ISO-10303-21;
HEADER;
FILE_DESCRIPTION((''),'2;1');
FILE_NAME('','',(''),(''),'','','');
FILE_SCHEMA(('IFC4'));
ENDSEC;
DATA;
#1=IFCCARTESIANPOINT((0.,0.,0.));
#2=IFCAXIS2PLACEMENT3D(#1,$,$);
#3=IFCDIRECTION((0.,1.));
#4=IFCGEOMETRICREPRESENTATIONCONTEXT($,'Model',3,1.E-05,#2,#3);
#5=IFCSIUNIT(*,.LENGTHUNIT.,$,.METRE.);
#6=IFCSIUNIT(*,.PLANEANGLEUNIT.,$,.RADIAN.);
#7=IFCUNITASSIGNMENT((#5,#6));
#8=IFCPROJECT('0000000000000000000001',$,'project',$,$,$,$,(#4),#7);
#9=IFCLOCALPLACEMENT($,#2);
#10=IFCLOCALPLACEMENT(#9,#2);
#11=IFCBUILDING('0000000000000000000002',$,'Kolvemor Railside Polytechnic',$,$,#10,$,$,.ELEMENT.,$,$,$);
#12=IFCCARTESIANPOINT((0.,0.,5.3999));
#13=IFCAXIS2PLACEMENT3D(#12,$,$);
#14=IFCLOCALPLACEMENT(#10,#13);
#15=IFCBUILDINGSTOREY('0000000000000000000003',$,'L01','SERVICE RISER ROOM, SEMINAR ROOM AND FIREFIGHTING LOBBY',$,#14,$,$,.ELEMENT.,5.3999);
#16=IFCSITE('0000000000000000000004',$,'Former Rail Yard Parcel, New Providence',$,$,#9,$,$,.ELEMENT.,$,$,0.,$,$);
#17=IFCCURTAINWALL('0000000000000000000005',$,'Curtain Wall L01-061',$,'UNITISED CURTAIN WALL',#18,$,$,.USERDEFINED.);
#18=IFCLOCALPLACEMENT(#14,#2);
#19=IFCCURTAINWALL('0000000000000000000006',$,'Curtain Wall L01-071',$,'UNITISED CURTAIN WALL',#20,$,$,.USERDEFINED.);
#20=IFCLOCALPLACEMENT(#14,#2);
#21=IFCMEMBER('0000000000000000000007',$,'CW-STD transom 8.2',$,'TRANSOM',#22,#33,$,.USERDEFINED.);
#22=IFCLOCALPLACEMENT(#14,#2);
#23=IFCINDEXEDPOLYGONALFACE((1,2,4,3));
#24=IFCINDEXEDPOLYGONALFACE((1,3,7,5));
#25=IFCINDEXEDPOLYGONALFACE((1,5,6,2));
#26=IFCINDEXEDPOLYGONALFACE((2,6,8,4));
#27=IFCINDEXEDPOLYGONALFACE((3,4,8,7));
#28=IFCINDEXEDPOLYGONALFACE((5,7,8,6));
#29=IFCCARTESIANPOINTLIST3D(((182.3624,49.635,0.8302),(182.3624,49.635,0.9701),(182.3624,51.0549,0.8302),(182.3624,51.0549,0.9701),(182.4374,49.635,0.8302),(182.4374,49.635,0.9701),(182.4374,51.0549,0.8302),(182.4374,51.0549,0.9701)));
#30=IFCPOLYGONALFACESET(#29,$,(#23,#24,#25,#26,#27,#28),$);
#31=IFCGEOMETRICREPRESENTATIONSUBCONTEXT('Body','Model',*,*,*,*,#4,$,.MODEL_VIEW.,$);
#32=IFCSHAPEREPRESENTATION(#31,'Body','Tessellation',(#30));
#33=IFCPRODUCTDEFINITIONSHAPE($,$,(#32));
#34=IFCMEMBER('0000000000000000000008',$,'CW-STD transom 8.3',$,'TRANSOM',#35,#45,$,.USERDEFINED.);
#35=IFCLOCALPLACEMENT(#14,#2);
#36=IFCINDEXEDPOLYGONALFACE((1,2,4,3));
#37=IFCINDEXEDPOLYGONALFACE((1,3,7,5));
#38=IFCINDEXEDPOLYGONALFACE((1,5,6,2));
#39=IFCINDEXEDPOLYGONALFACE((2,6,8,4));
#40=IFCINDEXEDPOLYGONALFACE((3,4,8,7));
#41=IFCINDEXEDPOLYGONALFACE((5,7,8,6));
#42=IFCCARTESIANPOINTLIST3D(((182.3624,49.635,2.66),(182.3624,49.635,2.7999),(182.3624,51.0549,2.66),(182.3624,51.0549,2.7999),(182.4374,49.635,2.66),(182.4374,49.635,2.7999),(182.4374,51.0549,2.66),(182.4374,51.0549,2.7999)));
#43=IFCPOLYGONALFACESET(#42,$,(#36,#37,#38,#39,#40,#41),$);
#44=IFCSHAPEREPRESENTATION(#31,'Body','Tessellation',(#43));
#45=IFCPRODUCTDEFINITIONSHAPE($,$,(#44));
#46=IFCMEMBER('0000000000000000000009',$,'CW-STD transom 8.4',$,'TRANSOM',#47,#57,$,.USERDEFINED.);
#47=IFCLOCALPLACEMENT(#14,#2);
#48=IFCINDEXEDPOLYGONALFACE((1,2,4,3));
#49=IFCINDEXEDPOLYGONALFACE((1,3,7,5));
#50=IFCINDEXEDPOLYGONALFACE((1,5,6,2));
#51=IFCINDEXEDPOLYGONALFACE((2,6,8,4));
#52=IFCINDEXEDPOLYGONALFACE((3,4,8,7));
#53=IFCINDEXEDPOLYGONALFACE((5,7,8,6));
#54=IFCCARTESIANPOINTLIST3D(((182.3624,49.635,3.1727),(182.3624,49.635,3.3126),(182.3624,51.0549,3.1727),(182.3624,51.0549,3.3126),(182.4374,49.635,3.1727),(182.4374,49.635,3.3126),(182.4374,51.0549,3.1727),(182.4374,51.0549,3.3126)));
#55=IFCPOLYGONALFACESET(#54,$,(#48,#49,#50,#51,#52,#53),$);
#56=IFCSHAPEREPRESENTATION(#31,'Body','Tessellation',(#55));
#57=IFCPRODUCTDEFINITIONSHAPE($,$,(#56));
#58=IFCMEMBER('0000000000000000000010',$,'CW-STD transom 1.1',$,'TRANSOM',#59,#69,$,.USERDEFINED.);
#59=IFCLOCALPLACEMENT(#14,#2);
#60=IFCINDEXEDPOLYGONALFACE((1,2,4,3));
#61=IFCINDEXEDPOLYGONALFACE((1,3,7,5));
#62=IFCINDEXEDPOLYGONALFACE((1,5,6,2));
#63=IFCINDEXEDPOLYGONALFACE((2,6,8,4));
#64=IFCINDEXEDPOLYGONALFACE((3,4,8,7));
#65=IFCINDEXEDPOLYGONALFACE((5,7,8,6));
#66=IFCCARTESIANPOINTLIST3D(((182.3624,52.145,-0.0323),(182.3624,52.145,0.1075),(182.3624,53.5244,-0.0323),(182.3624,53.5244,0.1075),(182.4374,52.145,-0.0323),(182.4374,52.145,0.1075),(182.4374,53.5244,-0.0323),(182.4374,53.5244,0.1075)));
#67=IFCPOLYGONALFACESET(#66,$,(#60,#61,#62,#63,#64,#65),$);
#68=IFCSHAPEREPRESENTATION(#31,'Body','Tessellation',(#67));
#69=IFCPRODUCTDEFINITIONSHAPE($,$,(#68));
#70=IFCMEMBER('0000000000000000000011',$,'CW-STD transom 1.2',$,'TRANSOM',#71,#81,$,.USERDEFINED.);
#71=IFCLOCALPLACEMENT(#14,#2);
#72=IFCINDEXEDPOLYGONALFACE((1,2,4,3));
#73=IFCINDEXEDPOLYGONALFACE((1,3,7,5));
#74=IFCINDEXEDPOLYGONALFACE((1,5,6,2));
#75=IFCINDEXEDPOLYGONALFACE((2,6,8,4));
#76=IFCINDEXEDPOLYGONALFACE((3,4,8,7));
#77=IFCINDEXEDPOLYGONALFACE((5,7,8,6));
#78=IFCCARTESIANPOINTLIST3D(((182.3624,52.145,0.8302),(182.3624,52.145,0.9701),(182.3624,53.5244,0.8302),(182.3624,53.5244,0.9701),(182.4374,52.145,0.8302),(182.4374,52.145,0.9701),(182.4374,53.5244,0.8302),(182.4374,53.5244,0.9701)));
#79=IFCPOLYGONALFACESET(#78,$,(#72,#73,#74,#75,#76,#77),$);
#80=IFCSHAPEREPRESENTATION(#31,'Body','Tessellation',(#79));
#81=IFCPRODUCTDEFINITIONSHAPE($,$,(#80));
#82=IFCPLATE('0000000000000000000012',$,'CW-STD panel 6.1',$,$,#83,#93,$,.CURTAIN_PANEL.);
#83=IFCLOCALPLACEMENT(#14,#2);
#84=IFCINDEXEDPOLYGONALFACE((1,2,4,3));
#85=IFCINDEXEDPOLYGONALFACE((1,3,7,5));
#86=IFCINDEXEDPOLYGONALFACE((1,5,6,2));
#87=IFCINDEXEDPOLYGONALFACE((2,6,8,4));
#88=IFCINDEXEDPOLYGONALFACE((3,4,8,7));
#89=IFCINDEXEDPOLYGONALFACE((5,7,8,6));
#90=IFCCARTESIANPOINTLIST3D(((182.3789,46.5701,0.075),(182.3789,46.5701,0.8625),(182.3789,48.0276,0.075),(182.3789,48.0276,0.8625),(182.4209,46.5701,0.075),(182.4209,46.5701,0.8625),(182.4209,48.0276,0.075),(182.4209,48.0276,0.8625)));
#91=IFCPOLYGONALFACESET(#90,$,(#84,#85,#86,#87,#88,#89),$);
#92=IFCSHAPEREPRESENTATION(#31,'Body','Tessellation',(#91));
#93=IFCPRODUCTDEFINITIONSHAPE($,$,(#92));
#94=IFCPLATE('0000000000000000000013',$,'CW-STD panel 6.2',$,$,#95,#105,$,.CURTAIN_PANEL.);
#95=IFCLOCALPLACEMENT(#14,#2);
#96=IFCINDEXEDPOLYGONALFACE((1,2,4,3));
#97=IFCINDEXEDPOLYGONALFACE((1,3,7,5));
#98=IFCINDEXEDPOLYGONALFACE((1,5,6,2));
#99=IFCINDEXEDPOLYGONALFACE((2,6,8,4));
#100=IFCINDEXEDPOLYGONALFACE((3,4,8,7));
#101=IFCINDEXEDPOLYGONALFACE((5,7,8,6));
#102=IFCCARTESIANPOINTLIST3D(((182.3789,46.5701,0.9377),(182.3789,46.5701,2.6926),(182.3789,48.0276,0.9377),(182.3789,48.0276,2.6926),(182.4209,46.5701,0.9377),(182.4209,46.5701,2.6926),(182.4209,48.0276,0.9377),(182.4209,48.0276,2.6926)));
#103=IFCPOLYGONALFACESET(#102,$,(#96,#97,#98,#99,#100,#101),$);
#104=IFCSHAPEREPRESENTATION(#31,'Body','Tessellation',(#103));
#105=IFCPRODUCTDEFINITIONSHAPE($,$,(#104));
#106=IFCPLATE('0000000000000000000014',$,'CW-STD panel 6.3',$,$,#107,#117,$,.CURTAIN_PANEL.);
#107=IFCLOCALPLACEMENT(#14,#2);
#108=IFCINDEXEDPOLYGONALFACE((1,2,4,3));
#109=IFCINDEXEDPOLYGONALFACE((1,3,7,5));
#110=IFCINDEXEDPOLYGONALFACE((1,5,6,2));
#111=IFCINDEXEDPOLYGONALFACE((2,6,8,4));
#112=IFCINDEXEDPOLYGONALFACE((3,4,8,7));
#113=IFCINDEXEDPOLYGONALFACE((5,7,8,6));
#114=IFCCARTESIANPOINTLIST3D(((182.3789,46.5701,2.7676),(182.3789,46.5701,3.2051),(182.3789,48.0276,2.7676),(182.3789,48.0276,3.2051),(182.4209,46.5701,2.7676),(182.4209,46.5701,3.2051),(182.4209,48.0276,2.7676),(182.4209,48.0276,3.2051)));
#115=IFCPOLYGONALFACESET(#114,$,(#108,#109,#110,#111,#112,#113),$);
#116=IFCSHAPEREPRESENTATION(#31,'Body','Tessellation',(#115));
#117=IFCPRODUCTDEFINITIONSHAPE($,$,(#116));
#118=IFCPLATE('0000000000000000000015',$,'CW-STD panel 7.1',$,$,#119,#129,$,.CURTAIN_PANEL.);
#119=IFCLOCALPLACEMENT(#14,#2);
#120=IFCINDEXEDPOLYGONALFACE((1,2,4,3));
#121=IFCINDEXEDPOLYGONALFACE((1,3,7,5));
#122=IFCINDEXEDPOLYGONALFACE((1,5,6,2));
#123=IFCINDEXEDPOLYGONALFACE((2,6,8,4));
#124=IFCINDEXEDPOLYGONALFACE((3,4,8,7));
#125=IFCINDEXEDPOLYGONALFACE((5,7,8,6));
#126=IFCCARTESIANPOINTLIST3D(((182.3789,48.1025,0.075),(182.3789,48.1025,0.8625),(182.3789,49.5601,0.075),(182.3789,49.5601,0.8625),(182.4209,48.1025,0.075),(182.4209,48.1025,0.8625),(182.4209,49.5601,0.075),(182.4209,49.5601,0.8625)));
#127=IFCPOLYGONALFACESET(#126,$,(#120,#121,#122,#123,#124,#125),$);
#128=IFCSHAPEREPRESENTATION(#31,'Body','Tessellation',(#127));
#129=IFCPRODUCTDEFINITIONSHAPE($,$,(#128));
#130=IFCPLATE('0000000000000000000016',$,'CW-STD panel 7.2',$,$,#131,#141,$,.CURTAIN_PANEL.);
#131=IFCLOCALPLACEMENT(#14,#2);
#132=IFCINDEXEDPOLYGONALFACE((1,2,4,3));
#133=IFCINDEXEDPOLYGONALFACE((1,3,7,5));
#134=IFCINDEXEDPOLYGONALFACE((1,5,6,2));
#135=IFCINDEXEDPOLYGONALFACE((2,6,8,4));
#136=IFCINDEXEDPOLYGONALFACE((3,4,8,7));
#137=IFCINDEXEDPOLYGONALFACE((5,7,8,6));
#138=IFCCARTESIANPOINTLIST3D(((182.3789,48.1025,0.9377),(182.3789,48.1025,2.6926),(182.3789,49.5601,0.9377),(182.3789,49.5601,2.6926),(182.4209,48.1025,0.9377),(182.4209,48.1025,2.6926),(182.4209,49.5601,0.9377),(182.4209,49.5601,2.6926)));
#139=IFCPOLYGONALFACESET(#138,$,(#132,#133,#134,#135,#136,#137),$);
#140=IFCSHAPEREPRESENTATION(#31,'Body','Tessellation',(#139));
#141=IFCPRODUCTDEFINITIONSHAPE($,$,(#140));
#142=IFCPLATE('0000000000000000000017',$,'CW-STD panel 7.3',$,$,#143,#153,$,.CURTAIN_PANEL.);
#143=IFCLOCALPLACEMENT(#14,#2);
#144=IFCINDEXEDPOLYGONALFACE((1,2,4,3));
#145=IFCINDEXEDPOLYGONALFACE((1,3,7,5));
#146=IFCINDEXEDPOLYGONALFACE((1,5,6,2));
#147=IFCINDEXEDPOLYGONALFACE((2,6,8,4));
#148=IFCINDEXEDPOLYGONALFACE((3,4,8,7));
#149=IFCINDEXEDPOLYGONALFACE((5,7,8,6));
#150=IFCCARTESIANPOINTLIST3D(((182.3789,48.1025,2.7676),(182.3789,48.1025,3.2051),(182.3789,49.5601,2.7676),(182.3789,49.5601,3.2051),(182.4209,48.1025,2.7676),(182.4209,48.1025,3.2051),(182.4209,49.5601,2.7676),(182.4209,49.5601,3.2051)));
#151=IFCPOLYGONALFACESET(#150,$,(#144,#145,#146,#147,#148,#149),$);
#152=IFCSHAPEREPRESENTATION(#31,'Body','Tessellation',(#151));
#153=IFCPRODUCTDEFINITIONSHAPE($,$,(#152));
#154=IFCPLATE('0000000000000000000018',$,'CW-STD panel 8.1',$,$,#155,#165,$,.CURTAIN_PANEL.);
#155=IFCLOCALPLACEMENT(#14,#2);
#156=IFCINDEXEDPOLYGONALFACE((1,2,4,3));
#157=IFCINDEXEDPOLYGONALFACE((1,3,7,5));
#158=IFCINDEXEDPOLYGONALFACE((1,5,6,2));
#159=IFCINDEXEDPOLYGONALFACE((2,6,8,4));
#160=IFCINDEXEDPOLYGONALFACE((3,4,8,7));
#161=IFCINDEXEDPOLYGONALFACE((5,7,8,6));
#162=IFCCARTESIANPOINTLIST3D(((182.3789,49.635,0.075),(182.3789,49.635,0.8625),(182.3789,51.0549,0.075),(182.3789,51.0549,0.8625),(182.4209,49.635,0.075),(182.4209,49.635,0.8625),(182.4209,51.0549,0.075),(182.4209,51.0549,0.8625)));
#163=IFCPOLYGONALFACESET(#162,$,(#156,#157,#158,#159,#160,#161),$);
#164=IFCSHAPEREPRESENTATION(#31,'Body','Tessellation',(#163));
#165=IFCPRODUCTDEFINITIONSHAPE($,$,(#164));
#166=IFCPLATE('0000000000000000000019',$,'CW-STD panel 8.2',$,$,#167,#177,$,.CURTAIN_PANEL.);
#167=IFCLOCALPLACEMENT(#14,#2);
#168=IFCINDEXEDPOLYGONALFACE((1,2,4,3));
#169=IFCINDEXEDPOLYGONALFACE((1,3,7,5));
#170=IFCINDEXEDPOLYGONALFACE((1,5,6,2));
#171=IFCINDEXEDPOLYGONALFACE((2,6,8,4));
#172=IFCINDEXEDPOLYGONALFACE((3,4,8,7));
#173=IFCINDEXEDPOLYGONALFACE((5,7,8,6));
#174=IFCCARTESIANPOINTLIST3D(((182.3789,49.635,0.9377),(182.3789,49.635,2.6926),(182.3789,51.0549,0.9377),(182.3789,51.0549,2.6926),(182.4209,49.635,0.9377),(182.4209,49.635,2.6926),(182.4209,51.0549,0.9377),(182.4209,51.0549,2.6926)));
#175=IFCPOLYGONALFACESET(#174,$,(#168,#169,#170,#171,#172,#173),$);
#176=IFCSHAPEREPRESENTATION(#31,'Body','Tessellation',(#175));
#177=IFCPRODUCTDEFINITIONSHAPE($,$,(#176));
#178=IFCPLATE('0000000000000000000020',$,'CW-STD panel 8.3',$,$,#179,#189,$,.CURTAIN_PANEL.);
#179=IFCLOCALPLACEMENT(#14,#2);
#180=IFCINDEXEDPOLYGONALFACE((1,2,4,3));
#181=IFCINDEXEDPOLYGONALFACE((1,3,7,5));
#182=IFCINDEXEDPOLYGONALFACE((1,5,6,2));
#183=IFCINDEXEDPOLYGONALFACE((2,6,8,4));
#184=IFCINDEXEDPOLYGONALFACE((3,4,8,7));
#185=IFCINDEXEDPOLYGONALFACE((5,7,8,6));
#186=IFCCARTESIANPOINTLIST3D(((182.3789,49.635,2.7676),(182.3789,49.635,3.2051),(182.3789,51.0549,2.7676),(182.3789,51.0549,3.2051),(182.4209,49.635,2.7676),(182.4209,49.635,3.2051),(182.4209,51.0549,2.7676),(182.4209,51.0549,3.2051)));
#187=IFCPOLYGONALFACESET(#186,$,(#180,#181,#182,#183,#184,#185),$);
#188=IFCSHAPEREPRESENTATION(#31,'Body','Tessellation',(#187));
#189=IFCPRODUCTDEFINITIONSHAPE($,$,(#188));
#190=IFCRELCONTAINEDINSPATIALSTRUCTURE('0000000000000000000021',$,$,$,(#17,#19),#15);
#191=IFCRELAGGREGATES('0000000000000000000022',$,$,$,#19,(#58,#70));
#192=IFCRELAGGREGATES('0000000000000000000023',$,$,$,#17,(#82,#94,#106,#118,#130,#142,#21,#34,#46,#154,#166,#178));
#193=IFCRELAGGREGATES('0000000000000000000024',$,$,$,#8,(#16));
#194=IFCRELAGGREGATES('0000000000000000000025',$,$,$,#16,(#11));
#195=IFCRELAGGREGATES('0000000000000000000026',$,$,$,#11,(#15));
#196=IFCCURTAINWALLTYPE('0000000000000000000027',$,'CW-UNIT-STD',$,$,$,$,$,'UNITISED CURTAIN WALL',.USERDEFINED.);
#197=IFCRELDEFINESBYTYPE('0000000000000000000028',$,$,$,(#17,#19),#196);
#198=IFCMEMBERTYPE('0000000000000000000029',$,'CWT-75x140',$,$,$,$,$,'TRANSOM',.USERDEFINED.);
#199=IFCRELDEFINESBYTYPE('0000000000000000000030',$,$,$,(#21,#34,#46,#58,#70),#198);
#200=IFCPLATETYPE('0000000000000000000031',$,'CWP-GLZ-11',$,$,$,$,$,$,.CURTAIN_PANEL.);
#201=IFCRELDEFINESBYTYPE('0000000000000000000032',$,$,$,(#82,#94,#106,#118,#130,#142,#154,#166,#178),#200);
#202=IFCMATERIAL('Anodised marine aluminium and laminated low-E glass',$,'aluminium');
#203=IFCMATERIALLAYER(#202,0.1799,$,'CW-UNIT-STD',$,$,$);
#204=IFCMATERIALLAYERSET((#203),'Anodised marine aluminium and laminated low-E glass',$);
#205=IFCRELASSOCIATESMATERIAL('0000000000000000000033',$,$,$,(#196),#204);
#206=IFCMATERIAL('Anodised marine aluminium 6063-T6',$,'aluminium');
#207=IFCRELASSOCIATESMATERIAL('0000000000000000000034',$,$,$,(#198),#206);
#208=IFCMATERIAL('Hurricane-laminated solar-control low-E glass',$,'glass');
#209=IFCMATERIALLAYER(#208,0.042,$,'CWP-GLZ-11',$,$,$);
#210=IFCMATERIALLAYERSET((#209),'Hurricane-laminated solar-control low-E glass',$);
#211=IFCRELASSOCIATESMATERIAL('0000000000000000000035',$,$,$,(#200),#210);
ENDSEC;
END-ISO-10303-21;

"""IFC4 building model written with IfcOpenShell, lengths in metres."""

from ifc_helpers import new_model, si_unit, direction, frame, origin, origin_2d, place, context, subcontext, project, spatial, rectangle, extrude, material, layer, layer_set, material_profile, profile_set, type_object, element, aggregate, save


model = new_model("IFC4")

# Units and contexts
model_context = context("Model", 3, precision=1e-05, world=origin(), true_north=direction((0.0, 1.0)))
body_context = subcontext(model_context, "Body", "Model", "MODEL_VIEW")
ifc_project = project(units=[si_unit("LENGTHUNIT", "METRE"), si_unit("PLANEANGLEUNIT", "RADIAN")], contexts=[model_context])

# Site, building, storey
site_placement = place(None, origin())
site = spatial("IfcSite", under=ifc_project, at=site_placement, Name="Former Rail Yard Parcel, New Providence", CompositionType="ELEMENT", RefElevation=0.0)
building_placement = place(site_placement, origin())
building = spatial("IfcBuilding", under=site, at=building_placement, Name="Kolvemor Railside Polytechnic", CompositionType="ELEMENT")
storey_placement = place(building_placement, frame((0.0, 0.0, 5.3999)))
storey = spatial("IfcBuildingStorey", under=building, at=storey_placement, Name="L01", Description="SERVICE RISER ROOM, SEMINAR ROOM AND FIREFIGHTING LOBBY", CompositionType="ELEMENT", Elevation=5.3999)

# Curtain wall
ifc_material_1 = material(Name="Anodised marine aluminium and laminated low-E glass", Category="aluminium")
ifc_layer_1 = layer(ifc_material_1, 0.1799, Name="CW-UNIT-STD")
ifc_layer_set_1 = layer_set([ifc_layer_1], Name="Anodised marine aluminium and laminated low-E glass")
curtain_wall_type = type_object("IfcCurtainWallType", Name="CW-UNIT-STD", ElementType="UNITISED CURTAIN WALL", PredefinedType="USERDEFINED", material=ifc_layer_set_1)
curtain_wall_1_placement = place(storey_placement, origin())
curtain_wall_1 = element("IfcCurtainWall", 1, at=curtain_wall_1_placement, inside=storey, type_object=curtain_wall_type, Name="Curtain Wall L01-061", ObjectType="UNITISED CURTAIN WALL", PredefinedType="USERDEFINED")

# Curtain wall
curtain_wall_2_placement = place(storey_placement, origin())
curtain_wall_2 = element("IfcCurtainWall", 2, at=curtain_wall_2_placement, inside=storey, type_object=curtain_wall_type, Name="Curtain Wall L01-071", ObjectType="UNITISED CURTAIN WALL", PredefinedType="USERDEFINED")

# Members
ifc_material_2 = material(Name="Anodised marine aluminium 6063-T6", Category="aluminium")
ifc_material_profile_1 = material_profile(ifc_material_2, rectangle(XDim=0.075, YDim=0.1399, at=origin_2d()), Name="CW-TRN-75x140")
ifc_profile_set_1 = profile_set([ifc_material_profile_1], Name="Anodised marine aluminium 6063-T6")
member_type_1 = type_object("IfcMemberType", Name="CWT-75x140", ElementType="TRANSOM", PredefinedType="USERDEFINED", material=ifc_profile_set_1)
member_1_placement = place(storey_placement, frame((182.3999, 49.635, 0.9001), z_axis=(0.0, 1.0, 0.0), x_axis=(-1.0, 0.0, 0.0)))
member_1 = element("IfcMember", 3, at=member_1_placement, type_object=member_type_1, Name="CW-STD transom 8.2", ObjectType="TRANSOM", PredefinedType="USERDEFINED", context=body_context, shape_type="SweptSolid", body=[
    extrude(rectangle(XDim=0.075, YDim=0.1399, at=origin_2d()), origin(), (0.0, 0.0, 1.0), 1.4199),
])
member_2_placement = place(storey_placement, frame((182.3999, 49.635, 2.73), z_axis=(0.0, 1.0, 0.0), x_axis=(-1.0, 0.0, 0.0)))
member_2 = element("IfcMember", 4, at=member_2_placement, type_object=member_type_1, Name="CW-STD transom 8.3", ObjectType="TRANSOM", PredefinedType="USERDEFINED", context=body_context, shape_type="SweptSolid", body=[
    extrude(rectangle(XDim=0.075, YDim=0.1399, at=origin_2d()), origin(), (0.0, 0.0, 1.0), 1.4199),
])
member_3_placement = place(storey_placement, frame((182.3999, 49.635, 3.2427), z_axis=(0.0, 1.0, 0.0), x_axis=(-1.0, 0.0, 0.0)))
member_3 = element("IfcMember", 5, at=member_3_placement, type_object=member_type_1, Name="CW-STD transom 8.4", ObjectType="TRANSOM", PredefinedType="USERDEFINED", context=body_context, shape_type="SweptSolid", body=[
    extrude(rectangle(XDim=0.075, YDim=0.1399, at=origin_2d()), origin(), (0.0, 0.0, 1.0), 1.4199),
])
member_4_placement = place(storey_placement, frame((182.3999, 52.145, 0.0376), z_axis=(0.0, 1.0, 0.0), x_axis=(-1.0, 0.0, 0.0)))
member_4 = element("IfcMember", 6, at=member_4_placement, type_object=member_type_1, Name="CW-STD transom 1.1", ObjectType="TRANSOM", PredefinedType="USERDEFINED", context=body_context, shape_type="SweptSolid", body=[
    extrude(rectangle(XDim=0.075, YDim=0.1399, at=origin_2d()), origin(), (0.0, 0.0, 1.0), 1.3794),
])
member_5_placement = place(storey_placement, frame((182.3999, 52.145, 0.9001), z_axis=(0.0, 1.0, 0.0), x_axis=(-1.0, 0.0, 0.0)))
member_5 = element("IfcMember", 7, at=member_5_placement, type_object=member_type_1, Name="CW-STD transom 1.2", ObjectType="TRANSOM", PredefinedType="USERDEFINED", context=body_context, shape_type="SweptSolid", body=[
    extrude(rectangle(XDim=0.075, YDim=0.1399, at=origin_2d()), origin(), (0.0, 0.0, 1.0), 1.3794),
])
aggregate(curtain_wall_2, [member_4, member_5])

# Plates
ifc_material_3 = material(Name="Hurricane-laminated solar-control low-E glass", Category="glass")
ifc_layer_2 = layer(ifc_material_3, 0.042, Name="CWP-GLZ-11")
ifc_layer_set_2 = layer_set([ifc_layer_2], Name="Hurricane-laminated solar-control low-E glass")
plate_type = type_object("IfcPlateType", Name="CWP-GLZ-11", PredefinedType="CURTAIN_PANEL", material=ifc_layer_set_2)
plate_1_placement = place(storey_placement, frame((182.3999, 47.2988, 0.075), z_axis=(0.0, 0.0, 1.0), x_axis=(0.0, 1.0, 0.0)))
plate_1 = element("IfcPlate", 8, at=plate_1_placement, type_object=plate_type, Name="CW-STD panel 6.1", PredefinedType="CURTAIN_PANEL", context=body_context, shape_type="SweptSolid", body=[
    extrude(rectangle(XDim=1.4575, YDim=0.042, at=origin_2d()), origin(), (0.0, 0.0, 1.0), 0.7876),
])
plate_2_placement = place(storey_placement, frame((182.3999, 47.2988, 0.9377), z_axis=(0.0, 0.0, 1.0), x_axis=(0.0, 1.0, 0.0)))
plate_2 = element("IfcPlate", 9, at=plate_2_placement, type_object=plate_type, Name="CW-STD panel 6.2", PredefinedType="CURTAIN_PANEL", context=body_context, shape_type="SweptSolid", body=[
    extrude(rectangle(XDim=1.4575, YDim=0.042, at=origin_2d()), origin(), (0.0, 0.0, 1.0), 1.7549),
])
plate_3_placement = place(storey_placement, frame((182.3999, 47.2988, 2.7676), z_axis=(0.0, 0.0, 1.0), x_axis=(0.0, 1.0, 0.0)))
plate_3 = element("IfcPlate", 10, at=plate_3_placement, type_object=plate_type, Name="CW-STD panel 6.3", PredefinedType="CURTAIN_PANEL", context=body_context, shape_type="SweptSolid", body=[
    extrude(rectangle(XDim=1.4575, YDim=0.042, at=origin_2d()), origin(), (0.0, 0.0, 1.0), 0.4375),
])
plate_4_placement = place(storey_placement, frame((182.3999, 48.8313, 0.075), z_axis=(0.0, 0.0, 1.0), x_axis=(0.0, 1.0, 0.0)))
plate_4 = element("IfcPlate", 11, at=plate_4_placement, type_object=plate_type, Name="CW-STD panel 7.1", PredefinedType="CURTAIN_PANEL", context=body_context, shape_type="SweptSolid", body=[
    extrude(rectangle(XDim=1.4575, YDim=0.042, at=origin_2d()), origin(), (0.0, 0.0, 1.0), 0.7876),
])
plate_5_placement = place(storey_placement, frame((182.3999, 48.8313, 0.9377), z_axis=(0.0, 0.0, 1.0), x_axis=(0.0, 1.0, 0.0)))
plate_5 = element("IfcPlate", 12, at=plate_5_placement, type_object=plate_type, Name="CW-STD panel 7.2", PredefinedType="CURTAIN_PANEL", context=body_context, shape_type="SweptSolid", body=[
    extrude(rectangle(XDim=1.4575, YDim=0.042, at=origin_2d()), origin(), (0.0, 0.0, 1.0), 1.7549),
])
plate_6_placement = place(storey_placement, frame((182.3999, 48.8313, 2.7676), z_axis=(0.0, 0.0, 1.0), x_axis=(0.0, 1.0, 0.0)))
plate_6 = element("IfcPlate", 13, at=plate_6_placement, type_object=plate_type, Name="CW-STD panel 7.3", PredefinedType="CURTAIN_PANEL", context=body_context, shape_type="SweptSolid", body=[
    extrude(rectangle(XDim=1.4575, YDim=0.042, at=origin_2d()), origin(), (0.0, 0.0, 1.0), 0.4375),
])
plate_7_placement = place(storey_placement, frame((182.3999, 50.345, 0.075), z_axis=(0.0, 0.0, 1.0), x_axis=(0.0, 1.0, 0.0)))
plate_7 = element("IfcPlate", 14, at=plate_7_placement, type_object=plate_type, Name="CW-STD panel 8.1", PredefinedType="CURTAIN_PANEL", context=body_context, shape_type="SweptSolid", body=[
    extrude(rectangle(XDim=1.4199, YDim=0.042, at=origin_2d()), origin(), (0.0, 0.0, 1.0), 0.7876),
])
plate_8_placement = place(storey_placement, frame((182.3999, 50.345, 0.9377), z_axis=(0.0, 0.0, 1.0), x_axis=(0.0, 1.0, 0.0)))
plate_8 = element("IfcPlate", 15, at=plate_8_placement, type_object=plate_type, Name="CW-STD panel 8.2", PredefinedType="CURTAIN_PANEL", context=body_context, shape_type="SweptSolid", body=[
    extrude(rectangle(XDim=1.4199, YDim=0.042, at=origin_2d()), origin(), (0.0, 0.0, 1.0), 1.7549),
])
plate_9_placement = place(storey_placement, frame((182.3999, 50.345, 2.7676), z_axis=(0.0, 0.0, 1.0), x_axis=(0.0, 1.0, 0.0)))
plate_9 = element("IfcPlate", 16, at=plate_9_placement, type_object=plate_type, Name="CW-STD panel 8.3", PredefinedType="CURTAIN_PANEL", context=body_context, shape_type="SweptSolid", body=[
    extrude(rectangle(XDim=1.4199, YDim=0.042, at=origin_2d()), origin(), (0.0, 0.0, 1.0), 0.4375),
])
aggregate(curtain_wall_1, [plate_1, plate_2, plate_3, plate_4, plate_5, plate_6, member_1, member_2, member_3, plate_7, plate_8, plate_9])

save(model, "model.ifc")
